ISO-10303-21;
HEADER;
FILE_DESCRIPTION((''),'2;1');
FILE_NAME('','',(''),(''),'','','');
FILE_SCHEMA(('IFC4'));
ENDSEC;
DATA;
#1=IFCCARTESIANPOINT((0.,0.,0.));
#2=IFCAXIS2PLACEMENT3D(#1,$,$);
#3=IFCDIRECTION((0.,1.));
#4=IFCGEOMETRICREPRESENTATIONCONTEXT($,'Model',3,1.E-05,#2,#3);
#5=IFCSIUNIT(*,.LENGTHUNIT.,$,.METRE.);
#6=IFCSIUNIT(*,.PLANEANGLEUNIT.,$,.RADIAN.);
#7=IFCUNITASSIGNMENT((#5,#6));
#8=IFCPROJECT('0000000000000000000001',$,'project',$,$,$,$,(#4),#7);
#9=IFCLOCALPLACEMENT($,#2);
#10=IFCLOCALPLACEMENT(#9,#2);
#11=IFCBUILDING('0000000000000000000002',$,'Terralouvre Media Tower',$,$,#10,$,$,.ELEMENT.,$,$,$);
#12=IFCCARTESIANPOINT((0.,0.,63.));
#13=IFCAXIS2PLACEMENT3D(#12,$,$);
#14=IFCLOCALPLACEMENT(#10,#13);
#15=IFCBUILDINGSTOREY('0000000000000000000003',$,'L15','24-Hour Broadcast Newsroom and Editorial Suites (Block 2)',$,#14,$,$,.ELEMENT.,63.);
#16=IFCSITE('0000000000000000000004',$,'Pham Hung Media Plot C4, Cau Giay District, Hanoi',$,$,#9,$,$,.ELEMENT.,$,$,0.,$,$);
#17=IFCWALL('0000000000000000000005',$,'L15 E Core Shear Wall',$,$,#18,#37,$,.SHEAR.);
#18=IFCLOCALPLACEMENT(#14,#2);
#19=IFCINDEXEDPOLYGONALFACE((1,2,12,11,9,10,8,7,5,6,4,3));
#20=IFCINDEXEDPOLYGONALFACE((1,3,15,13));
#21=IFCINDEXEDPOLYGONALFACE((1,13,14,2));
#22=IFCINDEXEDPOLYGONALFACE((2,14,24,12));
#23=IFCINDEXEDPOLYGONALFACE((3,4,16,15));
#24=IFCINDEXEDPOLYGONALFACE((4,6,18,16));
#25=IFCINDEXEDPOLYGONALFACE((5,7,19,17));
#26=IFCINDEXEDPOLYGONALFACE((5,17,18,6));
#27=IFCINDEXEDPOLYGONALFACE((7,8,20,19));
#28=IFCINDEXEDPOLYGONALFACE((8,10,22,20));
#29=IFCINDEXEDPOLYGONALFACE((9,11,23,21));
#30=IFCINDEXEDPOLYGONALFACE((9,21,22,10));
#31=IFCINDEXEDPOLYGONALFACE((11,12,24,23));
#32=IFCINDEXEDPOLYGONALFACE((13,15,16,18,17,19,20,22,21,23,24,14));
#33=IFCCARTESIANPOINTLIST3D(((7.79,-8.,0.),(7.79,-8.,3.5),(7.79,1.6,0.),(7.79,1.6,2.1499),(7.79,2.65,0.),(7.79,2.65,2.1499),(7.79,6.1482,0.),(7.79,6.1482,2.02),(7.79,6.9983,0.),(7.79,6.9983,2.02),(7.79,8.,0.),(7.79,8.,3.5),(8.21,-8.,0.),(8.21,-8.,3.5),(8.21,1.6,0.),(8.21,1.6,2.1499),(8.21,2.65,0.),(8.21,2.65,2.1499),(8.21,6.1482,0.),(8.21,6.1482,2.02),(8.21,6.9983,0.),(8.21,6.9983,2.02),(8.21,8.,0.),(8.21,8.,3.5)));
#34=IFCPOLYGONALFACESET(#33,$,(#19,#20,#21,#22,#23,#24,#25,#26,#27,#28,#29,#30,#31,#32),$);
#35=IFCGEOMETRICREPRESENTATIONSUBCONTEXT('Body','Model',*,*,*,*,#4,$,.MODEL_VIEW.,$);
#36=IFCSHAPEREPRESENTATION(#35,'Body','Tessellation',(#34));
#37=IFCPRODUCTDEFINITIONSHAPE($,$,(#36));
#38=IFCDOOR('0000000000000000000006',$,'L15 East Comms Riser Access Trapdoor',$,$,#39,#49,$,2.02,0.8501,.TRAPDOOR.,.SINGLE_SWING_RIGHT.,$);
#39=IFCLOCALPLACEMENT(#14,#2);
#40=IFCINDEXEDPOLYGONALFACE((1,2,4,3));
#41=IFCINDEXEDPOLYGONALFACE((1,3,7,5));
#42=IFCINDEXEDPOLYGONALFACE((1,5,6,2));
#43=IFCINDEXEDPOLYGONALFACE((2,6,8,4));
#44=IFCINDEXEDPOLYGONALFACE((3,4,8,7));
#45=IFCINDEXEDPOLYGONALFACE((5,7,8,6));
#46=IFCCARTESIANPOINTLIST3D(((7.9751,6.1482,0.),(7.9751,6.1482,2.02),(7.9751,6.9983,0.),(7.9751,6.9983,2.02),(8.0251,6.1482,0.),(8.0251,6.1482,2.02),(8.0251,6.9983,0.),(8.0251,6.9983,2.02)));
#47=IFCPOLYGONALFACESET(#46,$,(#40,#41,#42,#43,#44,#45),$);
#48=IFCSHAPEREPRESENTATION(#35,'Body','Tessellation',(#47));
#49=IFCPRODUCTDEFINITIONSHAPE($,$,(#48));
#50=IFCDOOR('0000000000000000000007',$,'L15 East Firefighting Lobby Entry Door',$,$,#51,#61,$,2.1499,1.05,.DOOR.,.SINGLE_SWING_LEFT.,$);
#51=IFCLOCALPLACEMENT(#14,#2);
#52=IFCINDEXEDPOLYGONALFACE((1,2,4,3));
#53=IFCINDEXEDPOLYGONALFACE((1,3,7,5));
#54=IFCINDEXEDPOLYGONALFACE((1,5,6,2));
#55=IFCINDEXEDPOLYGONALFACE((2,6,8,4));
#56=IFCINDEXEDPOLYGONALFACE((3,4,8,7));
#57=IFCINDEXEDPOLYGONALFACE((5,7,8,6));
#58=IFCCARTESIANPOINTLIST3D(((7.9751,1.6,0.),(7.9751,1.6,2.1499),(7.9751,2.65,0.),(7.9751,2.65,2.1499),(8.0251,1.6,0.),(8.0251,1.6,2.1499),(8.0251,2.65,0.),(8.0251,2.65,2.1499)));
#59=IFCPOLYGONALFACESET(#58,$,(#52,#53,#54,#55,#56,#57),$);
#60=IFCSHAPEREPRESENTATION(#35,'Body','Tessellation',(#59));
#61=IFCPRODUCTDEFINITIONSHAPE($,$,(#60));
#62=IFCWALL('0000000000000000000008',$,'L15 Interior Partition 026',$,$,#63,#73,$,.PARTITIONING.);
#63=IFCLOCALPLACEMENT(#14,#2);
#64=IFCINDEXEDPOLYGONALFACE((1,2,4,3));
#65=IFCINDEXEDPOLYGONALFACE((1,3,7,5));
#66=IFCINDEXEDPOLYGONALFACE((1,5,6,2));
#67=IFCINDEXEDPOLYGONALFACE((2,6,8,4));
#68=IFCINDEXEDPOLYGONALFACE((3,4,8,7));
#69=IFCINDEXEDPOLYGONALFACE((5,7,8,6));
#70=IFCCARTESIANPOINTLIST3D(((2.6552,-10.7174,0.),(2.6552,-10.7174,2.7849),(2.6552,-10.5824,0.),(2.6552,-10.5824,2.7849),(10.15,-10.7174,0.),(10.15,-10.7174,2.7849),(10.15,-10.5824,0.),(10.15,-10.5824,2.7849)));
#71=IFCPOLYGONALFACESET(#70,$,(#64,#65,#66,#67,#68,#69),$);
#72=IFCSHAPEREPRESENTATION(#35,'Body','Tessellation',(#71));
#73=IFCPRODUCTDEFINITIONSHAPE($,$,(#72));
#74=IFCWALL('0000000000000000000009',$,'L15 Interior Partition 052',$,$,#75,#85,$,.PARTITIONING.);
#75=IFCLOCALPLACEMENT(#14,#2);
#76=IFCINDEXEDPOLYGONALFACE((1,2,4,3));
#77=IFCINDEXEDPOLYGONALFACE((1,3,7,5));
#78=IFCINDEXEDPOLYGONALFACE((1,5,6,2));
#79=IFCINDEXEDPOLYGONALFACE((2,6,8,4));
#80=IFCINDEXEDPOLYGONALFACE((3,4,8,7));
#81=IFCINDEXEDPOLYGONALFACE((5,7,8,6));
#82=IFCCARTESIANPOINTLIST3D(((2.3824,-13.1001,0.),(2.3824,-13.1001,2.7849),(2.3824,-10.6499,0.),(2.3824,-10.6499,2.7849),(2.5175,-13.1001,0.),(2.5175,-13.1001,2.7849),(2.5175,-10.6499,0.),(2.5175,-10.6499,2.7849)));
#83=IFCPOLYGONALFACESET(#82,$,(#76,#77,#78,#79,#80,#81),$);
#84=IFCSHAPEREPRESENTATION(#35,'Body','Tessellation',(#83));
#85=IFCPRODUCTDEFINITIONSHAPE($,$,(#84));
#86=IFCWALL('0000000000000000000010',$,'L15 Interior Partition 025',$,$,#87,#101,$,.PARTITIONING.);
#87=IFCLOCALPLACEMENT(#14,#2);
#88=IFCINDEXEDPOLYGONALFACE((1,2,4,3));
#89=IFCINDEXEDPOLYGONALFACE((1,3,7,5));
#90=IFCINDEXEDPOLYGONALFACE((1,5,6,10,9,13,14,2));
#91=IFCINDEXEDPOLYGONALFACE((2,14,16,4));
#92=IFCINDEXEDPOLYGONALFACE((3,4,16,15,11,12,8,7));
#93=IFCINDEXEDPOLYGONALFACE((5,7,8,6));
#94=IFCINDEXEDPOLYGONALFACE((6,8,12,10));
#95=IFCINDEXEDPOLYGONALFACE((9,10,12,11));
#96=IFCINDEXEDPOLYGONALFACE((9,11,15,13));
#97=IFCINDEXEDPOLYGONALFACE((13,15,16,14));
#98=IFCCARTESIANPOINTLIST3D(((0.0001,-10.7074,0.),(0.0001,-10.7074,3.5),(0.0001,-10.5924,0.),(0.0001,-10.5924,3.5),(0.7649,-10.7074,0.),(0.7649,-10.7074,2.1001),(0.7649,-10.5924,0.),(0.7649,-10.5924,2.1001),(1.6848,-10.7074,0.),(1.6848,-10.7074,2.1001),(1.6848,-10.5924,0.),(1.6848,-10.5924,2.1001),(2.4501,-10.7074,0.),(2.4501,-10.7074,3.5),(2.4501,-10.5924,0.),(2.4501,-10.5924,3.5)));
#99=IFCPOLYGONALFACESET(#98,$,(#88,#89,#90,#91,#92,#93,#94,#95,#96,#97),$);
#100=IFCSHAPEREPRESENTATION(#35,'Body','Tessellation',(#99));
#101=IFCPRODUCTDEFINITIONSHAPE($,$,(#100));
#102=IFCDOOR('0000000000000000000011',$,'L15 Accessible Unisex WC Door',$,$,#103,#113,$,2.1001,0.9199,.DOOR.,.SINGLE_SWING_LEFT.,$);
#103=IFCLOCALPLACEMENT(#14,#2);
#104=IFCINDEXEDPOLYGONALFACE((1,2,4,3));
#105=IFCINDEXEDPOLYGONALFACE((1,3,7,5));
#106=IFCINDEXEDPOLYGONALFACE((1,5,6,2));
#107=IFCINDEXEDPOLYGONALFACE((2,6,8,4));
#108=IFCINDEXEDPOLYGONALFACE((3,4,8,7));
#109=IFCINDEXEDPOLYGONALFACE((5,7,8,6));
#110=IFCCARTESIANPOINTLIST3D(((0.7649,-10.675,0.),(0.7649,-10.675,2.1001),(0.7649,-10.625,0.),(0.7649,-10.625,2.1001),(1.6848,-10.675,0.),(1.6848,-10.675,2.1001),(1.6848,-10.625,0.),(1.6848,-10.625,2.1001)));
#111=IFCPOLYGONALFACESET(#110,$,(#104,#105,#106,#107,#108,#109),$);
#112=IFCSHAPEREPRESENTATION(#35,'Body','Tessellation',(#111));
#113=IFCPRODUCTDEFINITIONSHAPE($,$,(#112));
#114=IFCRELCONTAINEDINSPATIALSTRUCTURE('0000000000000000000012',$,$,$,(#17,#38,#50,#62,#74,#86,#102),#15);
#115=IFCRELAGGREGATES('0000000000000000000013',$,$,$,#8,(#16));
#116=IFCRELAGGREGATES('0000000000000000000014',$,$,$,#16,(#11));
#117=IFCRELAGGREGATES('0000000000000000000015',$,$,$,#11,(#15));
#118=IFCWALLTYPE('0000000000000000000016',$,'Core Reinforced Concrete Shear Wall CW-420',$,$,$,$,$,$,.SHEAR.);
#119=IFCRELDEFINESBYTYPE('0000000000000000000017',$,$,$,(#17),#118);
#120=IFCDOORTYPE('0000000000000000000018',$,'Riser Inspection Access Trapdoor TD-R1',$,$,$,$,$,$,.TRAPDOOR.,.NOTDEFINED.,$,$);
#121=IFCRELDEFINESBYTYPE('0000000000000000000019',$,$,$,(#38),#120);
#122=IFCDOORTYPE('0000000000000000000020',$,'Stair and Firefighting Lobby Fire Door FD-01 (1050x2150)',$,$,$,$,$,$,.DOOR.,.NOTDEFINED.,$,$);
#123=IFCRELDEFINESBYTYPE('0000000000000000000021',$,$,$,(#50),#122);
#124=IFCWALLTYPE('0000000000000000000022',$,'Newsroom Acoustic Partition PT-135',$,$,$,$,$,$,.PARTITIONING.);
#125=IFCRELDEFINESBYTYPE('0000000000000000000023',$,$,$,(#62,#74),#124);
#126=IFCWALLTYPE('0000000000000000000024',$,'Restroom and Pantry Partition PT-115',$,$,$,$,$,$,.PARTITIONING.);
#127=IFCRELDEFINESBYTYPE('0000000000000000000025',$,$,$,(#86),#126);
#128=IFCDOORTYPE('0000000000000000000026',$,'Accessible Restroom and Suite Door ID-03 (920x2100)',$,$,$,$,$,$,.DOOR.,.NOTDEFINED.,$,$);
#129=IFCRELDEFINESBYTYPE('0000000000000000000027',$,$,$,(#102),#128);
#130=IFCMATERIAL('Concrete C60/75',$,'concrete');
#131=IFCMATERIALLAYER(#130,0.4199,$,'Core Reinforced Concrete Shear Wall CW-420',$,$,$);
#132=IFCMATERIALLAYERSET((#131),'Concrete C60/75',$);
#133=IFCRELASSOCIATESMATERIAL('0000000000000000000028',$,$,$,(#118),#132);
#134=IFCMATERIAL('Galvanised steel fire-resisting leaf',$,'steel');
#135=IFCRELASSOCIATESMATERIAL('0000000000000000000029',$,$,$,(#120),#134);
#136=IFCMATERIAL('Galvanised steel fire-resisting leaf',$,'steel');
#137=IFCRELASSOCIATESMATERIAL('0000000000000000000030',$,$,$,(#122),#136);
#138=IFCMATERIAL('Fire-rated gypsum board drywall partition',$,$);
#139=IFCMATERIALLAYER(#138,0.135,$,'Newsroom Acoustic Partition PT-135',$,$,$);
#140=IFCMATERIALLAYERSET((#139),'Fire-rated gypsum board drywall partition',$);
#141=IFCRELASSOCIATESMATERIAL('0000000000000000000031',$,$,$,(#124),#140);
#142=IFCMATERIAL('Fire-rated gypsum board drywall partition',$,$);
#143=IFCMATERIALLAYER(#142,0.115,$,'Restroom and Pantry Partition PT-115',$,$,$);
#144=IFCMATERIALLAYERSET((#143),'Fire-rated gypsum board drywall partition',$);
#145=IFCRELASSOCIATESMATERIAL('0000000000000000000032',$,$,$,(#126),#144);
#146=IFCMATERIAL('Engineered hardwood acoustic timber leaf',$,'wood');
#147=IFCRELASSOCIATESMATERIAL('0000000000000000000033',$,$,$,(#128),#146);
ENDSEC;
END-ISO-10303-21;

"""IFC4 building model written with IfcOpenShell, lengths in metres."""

from ifc_helpers import new_model, si_unit, direction, frame, frame_2d, origin, place, context, subcontext, project, spatial, rectangle, extrude, material, layer, layer_set, type_object, element, fill, save


model = new_model("IFC4")

# Units and contexts
model_context = context("Model", 3, precision=1e-05, world=origin(), true_north=direction((0.0, 1.0)))
body_context = subcontext(model_context, "Body", "Model", "MODEL_VIEW")
ifc_project = project(units=[si_unit("LENGTHUNIT", "METRE"), si_unit("PLANEANGLEUNIT", "RADIAN")], contexts=[model_context])

# Site, building, storey
site_placement = place(None, origin())
site = spatial("IfcSite", under=ifc_project, at=site_placement, Name="Pham Hung Media Plot C4, Cau Giay District, Hanoi", CompositionType="ELEMENT", RefElevation=0.0)
building_placement = place(site_placement, origin())
building = spatial("IfcBuilding", under=site, at=building_placement, Name="Terralouvre Media Tower", CompositionType="ELEMENT")
storey_placement = place(building_placement, frame((0.0, 0.0, 63.0)))
storey = spatial("IfcBuildingStorey", under=building, at=storey_placement, Name="L15", Description="24-Hour Broadcast Newsroom and Editorial Suites (Block 2)", CompositionType="ELEMENT", Elevation=63.0)

# Wall, openings, doors
ifc_material_1 = material(Name="Concrete C60/75", Category="concrete")
ifc_layer_1 = layer(ifc_material_1, 0.4199, Name="Core Reinforced Concrete Shear Wall CW-420")
ifc_layer_set_1 = layer_set([ifc_layer_1], Name="Concrete C60/75")
wall_type_1 = type_object("IfcWallType", Name="Core Reinforced Concrete Shear Wall CW-420", PredefinedType="SHEAR", material=ifc_layer_set_1)
wall_1_placement = place(storey_placement, frame((8.0, -8.0, 0.0), z_axis=(0.0, 0.0, 1.0), x_axis=(0.0, 1.0, 0.0)))
wall_1 = element("IfcWall", 1, at=wall_1_placement, inside=storey, type_object=wall_type_1, Name="L15 E Core Shear Wall", PredefinedType="SHEAR", context=body_context, shape_type="SweptSolid", body=[
    extrude(rectangle(XDim=16.0, YDim=0.4199, at=frame_2d((8.0, 0.0))), origin(), (0.0, 0.0, 1.0), 3.5),
])
opening_1_placement = place(wall_1_placement, frame((9.6001, 0.0, 0.0)))
opening_1 = element("IfcOpeningElement", 2, at=opening_1_placement, cuts=wall_1, PredefinedType="OPENING", context=body_context, shape_type="SweptSolid", body=[
    extrude(rectangle(XDim=1.05, YDim=2.1499, at=frame_2d((0.5249, 1.075))), frame((0.0, 0.22, 0.0), z_axis=(0.0, -1.0, 0.0), x_axis=(1.0, 0.0, 0.0)), (0.0, 0.0, 1.0), 0.4399),
])
opening_2_placement = place(wall_1_placement, frame((14.1482, 0.0, 0.0)))
opening_2 = element("IfcOpeningElement", 3, at=opening_2_placement, cuts=wall_1, PredefinedType="OPENING", context=body_context, shape_type="SweptSolid", body=[
    extrude(rectangle(XDim=0.8501, YDim=2.02, at=frame_2d((0.425, 1.01))), frame((0.0, 0.22, 0.0), z_axis=(0.0, -1.0, 0.0), x_axis=(1.0, 0.0, 0.0)), (0.0, 0.0, 1.0), 0.4399),
])
ifc_material_2 = material(Name="Galvanised steel fire-resisting leaf", Category="steel")
door_type_1 = type_object("IfcDoorType", Name="Riser Inspection Access Trapdoor TD-R1", OperationType="NOTDEFINED", PredefinedType="TRAPDOOR", material=ifc_material_2)
door_1_placement = place(opening_2_placement, origin())
door_1 = element("IfcDoor", 4, at=door_1_placement, inside=storey, type_object=door_type_1, Name="L15 East Comms Riser Access Trapdoor", OperationType="SINGLE_SWING_RIGHT", OverallHeight=2.02, OverallWidth=0.8501, PredefinedType="TRAPDOOR", context=body_context, shape_type="SweptSolid", body=[
    extrude(rectangle(XDim=0.8501, YDim=2.02, at=frame_2d((0.425, 1.01))), frame((0.0, 0.0249, 0.0), z_axis=(0.0, -1.0, 0.0), x_axis=(1.0, 0.0, 0.0)), (0.0, 0.0, 1.0), 0.05),
])
fill(opening_2, door_1)
ifc_material_3 = material(Name="Galvanised steel fire-resisting leaf", Category="steel")
door_type_2 = type_object("IfcDoorType", Name="Stair and Firefighting Lobby Fire Door FD-01 (1050x2150)", OperationType="NOTDEFINED", PredefinedType="DOOR", material=ifc_material_3)
door_2_placement = place(opening_1_placement, origin())
door_2 = element("IfcDoor", 5, at=door_2_placement, inside=storey, type_object=door_type_2, Name="L15 East Firefighting Lobby Entry Door", OperationType="SINGLE_SWING_LEFT", OverallHeight=2.1499, OverallWidth=1.05, PredefinedType="DOOR", context=body_context, shape_type="SweptSolid", body=[
    extrude(rectangle(XDim=1.05, YDim=2.1499, at=frame_2d((0.5249, 1.075))), frame((0.0, 0.0249, 0.0), z_axis=(0.0, -1.0, 0.0), x_axis=(1.0, 0.0, 0.0)), (0.0, 0.0, 1.0), 0.05),
])
fill(opening_1, door_2)

# Walls
ifc_material_4 = material(Name="Fire-rated gypsum board drywall partition")
ifc_layer_2 = layer(ifc_material_4, 0.135, Name="Newsroom Acoustic Partition PT-135")
ifc_layer_set_2 = layer_set([ifc_layer_2], Name="Fire-rated gypsum board drywall partition")
wall_type_2 = type_object("IfcWallType", Name="Newsroom Acoustic Partition PT-135", PredefinedType="PARTITIONING", material=ifc_layer_set_2)
wall_2_placement = place(storey_placement, frame((2.655, -10.6499, 0.0), z_axis=(0.0, 0.0, 1.0), x_axis=(1.0, 0.0, 0.0)))
element("IfcWall", 6, at=wall_2_placement, inside=storey, type_object=wall_type_2, Name="L15 Interior Partition 026", PredefinedType="PARTITIONING", context=body_context, shape_type="SweptSolid", body=[
    extrude(rectangle(XDim=7.4949, YDim=0.135, at=frame_2d((3.7476, 0.0))), origin(), (0.0, 0.0, 1.0), 2.7849),
])
wall_3_placement = place(storey_placement, frame((2.45, -10.6499, 0.0), z_axis=(0.0, 0.0, 1.0), x_axis=(0.0, -1.0, 0.0)))
element("IfcWall", 7, at=wall_3_placement, inside=storey, type_object=wall_type_2, Name="L15 Interior Partition 052", PredefinedType="PARTITIONING", context=body_context, shape_type="SweptSolid", body=[
    extrude(rectangle(XDim=2.4502, YDim=0.135, at=frame_2d((1.2251, 0.0))), origin(), (0.0, 0.0, 1.0), 2.7849),
])

# Wall, opening, door
ifc_material_5 = material(Name="Fire-rated gypsum board drywall partition")
ifc_layer_3 = layer(ifc_material_5, 0.115, Name="Restroom and Pantry Partition PT-115")
ifc_layer_set_3 = layer_set([ifc_layer_3], Name="Fire-rated gypsum board drywall partition")
wall_type_3 = type_object("IfcWallType", Name="Restroom and Pantry Partition PT-115", PredefinedType="PARTITIONING", material=ifc_layer_set_3)
wall_4_placement = place(storey_placement, frame((0.0, -10.6499, 0.0), z_axis=(0.0, 0.0, 1.0), x_axis=(1.0, 0.0, 0.0)))
wall_4 = element("IfcWall", 8, at=wall_4_placement, inside=storey, type_object=wall_type_3, Name="L15 Interior Partition 025", PredefinedType="PARTITIONING", context=body_context, shape_type="SweptSolid", body=[
    extrude(rectangle(XDim=2.45, YDim=0.115, at=frame_2d((1.2251, 0.0))), origin(), (0.0, 0.0, 1.0), 3.5),
])
opening_3_placement = place(wall_4_placement, frame((0.7649, 0.0, 0.0)))
opening_3 = element("IfcOpeningElement", 9, at=opening_3_placement, cuts=wall_4, PredefinedType="OPENING", context=body_context, shape_type="SweptSolid", body=[
    extrude(rectangle(XDim=0.9199, YDim=2.1001, at=frame_2d((0.46, 1.05))), frame((0.0, 0.0674, 0.0), z_axis=(0.0, -1.0, 0.0), x_axis=(1.0, 0.0, 0.0)), (0.0, 0.0, 1.0), 0.135),
])
ifc_material_6 = material(Name="Engineered hardwood acoustic timber leaf", Category="wood")
door_type_3 = type_object("IfcDoorType", Name="Accessible Restroom and Suite Door ID-03 (920x2100)", OperationType="NOTDEFINED", PredefinedType="DOOR", material=ifc_material_6)
door_3_placement = place(opening_3_placement, origin())
door_3 = element("IfcDoor", 10, at=door_3_placement, inside=storey, type_object=door_type_3, Name="L15 Accessible Unisex WC Door", OperationType="SINGLE_SWING_LEFT", OverallHeight=2.1001, OverallWidth=0.9199, PredefinedType="DOOR", context=body_context, shape_type="SweptSolid", body=[
    extrude(rectangle(XDim=0.9199, YDim=2.1001, at=frame_2d((0.46, 1.05))), frame((0.0, 0.0249, 0.0), z_axis=(0.0, -1.0, 0.0), x_axis=(1.0, 0.0, 0.0)), (0.0, 0.0, 1.0), 0.05),
])
fill(opening_3, door_3)

save(model, "model.ifc")
